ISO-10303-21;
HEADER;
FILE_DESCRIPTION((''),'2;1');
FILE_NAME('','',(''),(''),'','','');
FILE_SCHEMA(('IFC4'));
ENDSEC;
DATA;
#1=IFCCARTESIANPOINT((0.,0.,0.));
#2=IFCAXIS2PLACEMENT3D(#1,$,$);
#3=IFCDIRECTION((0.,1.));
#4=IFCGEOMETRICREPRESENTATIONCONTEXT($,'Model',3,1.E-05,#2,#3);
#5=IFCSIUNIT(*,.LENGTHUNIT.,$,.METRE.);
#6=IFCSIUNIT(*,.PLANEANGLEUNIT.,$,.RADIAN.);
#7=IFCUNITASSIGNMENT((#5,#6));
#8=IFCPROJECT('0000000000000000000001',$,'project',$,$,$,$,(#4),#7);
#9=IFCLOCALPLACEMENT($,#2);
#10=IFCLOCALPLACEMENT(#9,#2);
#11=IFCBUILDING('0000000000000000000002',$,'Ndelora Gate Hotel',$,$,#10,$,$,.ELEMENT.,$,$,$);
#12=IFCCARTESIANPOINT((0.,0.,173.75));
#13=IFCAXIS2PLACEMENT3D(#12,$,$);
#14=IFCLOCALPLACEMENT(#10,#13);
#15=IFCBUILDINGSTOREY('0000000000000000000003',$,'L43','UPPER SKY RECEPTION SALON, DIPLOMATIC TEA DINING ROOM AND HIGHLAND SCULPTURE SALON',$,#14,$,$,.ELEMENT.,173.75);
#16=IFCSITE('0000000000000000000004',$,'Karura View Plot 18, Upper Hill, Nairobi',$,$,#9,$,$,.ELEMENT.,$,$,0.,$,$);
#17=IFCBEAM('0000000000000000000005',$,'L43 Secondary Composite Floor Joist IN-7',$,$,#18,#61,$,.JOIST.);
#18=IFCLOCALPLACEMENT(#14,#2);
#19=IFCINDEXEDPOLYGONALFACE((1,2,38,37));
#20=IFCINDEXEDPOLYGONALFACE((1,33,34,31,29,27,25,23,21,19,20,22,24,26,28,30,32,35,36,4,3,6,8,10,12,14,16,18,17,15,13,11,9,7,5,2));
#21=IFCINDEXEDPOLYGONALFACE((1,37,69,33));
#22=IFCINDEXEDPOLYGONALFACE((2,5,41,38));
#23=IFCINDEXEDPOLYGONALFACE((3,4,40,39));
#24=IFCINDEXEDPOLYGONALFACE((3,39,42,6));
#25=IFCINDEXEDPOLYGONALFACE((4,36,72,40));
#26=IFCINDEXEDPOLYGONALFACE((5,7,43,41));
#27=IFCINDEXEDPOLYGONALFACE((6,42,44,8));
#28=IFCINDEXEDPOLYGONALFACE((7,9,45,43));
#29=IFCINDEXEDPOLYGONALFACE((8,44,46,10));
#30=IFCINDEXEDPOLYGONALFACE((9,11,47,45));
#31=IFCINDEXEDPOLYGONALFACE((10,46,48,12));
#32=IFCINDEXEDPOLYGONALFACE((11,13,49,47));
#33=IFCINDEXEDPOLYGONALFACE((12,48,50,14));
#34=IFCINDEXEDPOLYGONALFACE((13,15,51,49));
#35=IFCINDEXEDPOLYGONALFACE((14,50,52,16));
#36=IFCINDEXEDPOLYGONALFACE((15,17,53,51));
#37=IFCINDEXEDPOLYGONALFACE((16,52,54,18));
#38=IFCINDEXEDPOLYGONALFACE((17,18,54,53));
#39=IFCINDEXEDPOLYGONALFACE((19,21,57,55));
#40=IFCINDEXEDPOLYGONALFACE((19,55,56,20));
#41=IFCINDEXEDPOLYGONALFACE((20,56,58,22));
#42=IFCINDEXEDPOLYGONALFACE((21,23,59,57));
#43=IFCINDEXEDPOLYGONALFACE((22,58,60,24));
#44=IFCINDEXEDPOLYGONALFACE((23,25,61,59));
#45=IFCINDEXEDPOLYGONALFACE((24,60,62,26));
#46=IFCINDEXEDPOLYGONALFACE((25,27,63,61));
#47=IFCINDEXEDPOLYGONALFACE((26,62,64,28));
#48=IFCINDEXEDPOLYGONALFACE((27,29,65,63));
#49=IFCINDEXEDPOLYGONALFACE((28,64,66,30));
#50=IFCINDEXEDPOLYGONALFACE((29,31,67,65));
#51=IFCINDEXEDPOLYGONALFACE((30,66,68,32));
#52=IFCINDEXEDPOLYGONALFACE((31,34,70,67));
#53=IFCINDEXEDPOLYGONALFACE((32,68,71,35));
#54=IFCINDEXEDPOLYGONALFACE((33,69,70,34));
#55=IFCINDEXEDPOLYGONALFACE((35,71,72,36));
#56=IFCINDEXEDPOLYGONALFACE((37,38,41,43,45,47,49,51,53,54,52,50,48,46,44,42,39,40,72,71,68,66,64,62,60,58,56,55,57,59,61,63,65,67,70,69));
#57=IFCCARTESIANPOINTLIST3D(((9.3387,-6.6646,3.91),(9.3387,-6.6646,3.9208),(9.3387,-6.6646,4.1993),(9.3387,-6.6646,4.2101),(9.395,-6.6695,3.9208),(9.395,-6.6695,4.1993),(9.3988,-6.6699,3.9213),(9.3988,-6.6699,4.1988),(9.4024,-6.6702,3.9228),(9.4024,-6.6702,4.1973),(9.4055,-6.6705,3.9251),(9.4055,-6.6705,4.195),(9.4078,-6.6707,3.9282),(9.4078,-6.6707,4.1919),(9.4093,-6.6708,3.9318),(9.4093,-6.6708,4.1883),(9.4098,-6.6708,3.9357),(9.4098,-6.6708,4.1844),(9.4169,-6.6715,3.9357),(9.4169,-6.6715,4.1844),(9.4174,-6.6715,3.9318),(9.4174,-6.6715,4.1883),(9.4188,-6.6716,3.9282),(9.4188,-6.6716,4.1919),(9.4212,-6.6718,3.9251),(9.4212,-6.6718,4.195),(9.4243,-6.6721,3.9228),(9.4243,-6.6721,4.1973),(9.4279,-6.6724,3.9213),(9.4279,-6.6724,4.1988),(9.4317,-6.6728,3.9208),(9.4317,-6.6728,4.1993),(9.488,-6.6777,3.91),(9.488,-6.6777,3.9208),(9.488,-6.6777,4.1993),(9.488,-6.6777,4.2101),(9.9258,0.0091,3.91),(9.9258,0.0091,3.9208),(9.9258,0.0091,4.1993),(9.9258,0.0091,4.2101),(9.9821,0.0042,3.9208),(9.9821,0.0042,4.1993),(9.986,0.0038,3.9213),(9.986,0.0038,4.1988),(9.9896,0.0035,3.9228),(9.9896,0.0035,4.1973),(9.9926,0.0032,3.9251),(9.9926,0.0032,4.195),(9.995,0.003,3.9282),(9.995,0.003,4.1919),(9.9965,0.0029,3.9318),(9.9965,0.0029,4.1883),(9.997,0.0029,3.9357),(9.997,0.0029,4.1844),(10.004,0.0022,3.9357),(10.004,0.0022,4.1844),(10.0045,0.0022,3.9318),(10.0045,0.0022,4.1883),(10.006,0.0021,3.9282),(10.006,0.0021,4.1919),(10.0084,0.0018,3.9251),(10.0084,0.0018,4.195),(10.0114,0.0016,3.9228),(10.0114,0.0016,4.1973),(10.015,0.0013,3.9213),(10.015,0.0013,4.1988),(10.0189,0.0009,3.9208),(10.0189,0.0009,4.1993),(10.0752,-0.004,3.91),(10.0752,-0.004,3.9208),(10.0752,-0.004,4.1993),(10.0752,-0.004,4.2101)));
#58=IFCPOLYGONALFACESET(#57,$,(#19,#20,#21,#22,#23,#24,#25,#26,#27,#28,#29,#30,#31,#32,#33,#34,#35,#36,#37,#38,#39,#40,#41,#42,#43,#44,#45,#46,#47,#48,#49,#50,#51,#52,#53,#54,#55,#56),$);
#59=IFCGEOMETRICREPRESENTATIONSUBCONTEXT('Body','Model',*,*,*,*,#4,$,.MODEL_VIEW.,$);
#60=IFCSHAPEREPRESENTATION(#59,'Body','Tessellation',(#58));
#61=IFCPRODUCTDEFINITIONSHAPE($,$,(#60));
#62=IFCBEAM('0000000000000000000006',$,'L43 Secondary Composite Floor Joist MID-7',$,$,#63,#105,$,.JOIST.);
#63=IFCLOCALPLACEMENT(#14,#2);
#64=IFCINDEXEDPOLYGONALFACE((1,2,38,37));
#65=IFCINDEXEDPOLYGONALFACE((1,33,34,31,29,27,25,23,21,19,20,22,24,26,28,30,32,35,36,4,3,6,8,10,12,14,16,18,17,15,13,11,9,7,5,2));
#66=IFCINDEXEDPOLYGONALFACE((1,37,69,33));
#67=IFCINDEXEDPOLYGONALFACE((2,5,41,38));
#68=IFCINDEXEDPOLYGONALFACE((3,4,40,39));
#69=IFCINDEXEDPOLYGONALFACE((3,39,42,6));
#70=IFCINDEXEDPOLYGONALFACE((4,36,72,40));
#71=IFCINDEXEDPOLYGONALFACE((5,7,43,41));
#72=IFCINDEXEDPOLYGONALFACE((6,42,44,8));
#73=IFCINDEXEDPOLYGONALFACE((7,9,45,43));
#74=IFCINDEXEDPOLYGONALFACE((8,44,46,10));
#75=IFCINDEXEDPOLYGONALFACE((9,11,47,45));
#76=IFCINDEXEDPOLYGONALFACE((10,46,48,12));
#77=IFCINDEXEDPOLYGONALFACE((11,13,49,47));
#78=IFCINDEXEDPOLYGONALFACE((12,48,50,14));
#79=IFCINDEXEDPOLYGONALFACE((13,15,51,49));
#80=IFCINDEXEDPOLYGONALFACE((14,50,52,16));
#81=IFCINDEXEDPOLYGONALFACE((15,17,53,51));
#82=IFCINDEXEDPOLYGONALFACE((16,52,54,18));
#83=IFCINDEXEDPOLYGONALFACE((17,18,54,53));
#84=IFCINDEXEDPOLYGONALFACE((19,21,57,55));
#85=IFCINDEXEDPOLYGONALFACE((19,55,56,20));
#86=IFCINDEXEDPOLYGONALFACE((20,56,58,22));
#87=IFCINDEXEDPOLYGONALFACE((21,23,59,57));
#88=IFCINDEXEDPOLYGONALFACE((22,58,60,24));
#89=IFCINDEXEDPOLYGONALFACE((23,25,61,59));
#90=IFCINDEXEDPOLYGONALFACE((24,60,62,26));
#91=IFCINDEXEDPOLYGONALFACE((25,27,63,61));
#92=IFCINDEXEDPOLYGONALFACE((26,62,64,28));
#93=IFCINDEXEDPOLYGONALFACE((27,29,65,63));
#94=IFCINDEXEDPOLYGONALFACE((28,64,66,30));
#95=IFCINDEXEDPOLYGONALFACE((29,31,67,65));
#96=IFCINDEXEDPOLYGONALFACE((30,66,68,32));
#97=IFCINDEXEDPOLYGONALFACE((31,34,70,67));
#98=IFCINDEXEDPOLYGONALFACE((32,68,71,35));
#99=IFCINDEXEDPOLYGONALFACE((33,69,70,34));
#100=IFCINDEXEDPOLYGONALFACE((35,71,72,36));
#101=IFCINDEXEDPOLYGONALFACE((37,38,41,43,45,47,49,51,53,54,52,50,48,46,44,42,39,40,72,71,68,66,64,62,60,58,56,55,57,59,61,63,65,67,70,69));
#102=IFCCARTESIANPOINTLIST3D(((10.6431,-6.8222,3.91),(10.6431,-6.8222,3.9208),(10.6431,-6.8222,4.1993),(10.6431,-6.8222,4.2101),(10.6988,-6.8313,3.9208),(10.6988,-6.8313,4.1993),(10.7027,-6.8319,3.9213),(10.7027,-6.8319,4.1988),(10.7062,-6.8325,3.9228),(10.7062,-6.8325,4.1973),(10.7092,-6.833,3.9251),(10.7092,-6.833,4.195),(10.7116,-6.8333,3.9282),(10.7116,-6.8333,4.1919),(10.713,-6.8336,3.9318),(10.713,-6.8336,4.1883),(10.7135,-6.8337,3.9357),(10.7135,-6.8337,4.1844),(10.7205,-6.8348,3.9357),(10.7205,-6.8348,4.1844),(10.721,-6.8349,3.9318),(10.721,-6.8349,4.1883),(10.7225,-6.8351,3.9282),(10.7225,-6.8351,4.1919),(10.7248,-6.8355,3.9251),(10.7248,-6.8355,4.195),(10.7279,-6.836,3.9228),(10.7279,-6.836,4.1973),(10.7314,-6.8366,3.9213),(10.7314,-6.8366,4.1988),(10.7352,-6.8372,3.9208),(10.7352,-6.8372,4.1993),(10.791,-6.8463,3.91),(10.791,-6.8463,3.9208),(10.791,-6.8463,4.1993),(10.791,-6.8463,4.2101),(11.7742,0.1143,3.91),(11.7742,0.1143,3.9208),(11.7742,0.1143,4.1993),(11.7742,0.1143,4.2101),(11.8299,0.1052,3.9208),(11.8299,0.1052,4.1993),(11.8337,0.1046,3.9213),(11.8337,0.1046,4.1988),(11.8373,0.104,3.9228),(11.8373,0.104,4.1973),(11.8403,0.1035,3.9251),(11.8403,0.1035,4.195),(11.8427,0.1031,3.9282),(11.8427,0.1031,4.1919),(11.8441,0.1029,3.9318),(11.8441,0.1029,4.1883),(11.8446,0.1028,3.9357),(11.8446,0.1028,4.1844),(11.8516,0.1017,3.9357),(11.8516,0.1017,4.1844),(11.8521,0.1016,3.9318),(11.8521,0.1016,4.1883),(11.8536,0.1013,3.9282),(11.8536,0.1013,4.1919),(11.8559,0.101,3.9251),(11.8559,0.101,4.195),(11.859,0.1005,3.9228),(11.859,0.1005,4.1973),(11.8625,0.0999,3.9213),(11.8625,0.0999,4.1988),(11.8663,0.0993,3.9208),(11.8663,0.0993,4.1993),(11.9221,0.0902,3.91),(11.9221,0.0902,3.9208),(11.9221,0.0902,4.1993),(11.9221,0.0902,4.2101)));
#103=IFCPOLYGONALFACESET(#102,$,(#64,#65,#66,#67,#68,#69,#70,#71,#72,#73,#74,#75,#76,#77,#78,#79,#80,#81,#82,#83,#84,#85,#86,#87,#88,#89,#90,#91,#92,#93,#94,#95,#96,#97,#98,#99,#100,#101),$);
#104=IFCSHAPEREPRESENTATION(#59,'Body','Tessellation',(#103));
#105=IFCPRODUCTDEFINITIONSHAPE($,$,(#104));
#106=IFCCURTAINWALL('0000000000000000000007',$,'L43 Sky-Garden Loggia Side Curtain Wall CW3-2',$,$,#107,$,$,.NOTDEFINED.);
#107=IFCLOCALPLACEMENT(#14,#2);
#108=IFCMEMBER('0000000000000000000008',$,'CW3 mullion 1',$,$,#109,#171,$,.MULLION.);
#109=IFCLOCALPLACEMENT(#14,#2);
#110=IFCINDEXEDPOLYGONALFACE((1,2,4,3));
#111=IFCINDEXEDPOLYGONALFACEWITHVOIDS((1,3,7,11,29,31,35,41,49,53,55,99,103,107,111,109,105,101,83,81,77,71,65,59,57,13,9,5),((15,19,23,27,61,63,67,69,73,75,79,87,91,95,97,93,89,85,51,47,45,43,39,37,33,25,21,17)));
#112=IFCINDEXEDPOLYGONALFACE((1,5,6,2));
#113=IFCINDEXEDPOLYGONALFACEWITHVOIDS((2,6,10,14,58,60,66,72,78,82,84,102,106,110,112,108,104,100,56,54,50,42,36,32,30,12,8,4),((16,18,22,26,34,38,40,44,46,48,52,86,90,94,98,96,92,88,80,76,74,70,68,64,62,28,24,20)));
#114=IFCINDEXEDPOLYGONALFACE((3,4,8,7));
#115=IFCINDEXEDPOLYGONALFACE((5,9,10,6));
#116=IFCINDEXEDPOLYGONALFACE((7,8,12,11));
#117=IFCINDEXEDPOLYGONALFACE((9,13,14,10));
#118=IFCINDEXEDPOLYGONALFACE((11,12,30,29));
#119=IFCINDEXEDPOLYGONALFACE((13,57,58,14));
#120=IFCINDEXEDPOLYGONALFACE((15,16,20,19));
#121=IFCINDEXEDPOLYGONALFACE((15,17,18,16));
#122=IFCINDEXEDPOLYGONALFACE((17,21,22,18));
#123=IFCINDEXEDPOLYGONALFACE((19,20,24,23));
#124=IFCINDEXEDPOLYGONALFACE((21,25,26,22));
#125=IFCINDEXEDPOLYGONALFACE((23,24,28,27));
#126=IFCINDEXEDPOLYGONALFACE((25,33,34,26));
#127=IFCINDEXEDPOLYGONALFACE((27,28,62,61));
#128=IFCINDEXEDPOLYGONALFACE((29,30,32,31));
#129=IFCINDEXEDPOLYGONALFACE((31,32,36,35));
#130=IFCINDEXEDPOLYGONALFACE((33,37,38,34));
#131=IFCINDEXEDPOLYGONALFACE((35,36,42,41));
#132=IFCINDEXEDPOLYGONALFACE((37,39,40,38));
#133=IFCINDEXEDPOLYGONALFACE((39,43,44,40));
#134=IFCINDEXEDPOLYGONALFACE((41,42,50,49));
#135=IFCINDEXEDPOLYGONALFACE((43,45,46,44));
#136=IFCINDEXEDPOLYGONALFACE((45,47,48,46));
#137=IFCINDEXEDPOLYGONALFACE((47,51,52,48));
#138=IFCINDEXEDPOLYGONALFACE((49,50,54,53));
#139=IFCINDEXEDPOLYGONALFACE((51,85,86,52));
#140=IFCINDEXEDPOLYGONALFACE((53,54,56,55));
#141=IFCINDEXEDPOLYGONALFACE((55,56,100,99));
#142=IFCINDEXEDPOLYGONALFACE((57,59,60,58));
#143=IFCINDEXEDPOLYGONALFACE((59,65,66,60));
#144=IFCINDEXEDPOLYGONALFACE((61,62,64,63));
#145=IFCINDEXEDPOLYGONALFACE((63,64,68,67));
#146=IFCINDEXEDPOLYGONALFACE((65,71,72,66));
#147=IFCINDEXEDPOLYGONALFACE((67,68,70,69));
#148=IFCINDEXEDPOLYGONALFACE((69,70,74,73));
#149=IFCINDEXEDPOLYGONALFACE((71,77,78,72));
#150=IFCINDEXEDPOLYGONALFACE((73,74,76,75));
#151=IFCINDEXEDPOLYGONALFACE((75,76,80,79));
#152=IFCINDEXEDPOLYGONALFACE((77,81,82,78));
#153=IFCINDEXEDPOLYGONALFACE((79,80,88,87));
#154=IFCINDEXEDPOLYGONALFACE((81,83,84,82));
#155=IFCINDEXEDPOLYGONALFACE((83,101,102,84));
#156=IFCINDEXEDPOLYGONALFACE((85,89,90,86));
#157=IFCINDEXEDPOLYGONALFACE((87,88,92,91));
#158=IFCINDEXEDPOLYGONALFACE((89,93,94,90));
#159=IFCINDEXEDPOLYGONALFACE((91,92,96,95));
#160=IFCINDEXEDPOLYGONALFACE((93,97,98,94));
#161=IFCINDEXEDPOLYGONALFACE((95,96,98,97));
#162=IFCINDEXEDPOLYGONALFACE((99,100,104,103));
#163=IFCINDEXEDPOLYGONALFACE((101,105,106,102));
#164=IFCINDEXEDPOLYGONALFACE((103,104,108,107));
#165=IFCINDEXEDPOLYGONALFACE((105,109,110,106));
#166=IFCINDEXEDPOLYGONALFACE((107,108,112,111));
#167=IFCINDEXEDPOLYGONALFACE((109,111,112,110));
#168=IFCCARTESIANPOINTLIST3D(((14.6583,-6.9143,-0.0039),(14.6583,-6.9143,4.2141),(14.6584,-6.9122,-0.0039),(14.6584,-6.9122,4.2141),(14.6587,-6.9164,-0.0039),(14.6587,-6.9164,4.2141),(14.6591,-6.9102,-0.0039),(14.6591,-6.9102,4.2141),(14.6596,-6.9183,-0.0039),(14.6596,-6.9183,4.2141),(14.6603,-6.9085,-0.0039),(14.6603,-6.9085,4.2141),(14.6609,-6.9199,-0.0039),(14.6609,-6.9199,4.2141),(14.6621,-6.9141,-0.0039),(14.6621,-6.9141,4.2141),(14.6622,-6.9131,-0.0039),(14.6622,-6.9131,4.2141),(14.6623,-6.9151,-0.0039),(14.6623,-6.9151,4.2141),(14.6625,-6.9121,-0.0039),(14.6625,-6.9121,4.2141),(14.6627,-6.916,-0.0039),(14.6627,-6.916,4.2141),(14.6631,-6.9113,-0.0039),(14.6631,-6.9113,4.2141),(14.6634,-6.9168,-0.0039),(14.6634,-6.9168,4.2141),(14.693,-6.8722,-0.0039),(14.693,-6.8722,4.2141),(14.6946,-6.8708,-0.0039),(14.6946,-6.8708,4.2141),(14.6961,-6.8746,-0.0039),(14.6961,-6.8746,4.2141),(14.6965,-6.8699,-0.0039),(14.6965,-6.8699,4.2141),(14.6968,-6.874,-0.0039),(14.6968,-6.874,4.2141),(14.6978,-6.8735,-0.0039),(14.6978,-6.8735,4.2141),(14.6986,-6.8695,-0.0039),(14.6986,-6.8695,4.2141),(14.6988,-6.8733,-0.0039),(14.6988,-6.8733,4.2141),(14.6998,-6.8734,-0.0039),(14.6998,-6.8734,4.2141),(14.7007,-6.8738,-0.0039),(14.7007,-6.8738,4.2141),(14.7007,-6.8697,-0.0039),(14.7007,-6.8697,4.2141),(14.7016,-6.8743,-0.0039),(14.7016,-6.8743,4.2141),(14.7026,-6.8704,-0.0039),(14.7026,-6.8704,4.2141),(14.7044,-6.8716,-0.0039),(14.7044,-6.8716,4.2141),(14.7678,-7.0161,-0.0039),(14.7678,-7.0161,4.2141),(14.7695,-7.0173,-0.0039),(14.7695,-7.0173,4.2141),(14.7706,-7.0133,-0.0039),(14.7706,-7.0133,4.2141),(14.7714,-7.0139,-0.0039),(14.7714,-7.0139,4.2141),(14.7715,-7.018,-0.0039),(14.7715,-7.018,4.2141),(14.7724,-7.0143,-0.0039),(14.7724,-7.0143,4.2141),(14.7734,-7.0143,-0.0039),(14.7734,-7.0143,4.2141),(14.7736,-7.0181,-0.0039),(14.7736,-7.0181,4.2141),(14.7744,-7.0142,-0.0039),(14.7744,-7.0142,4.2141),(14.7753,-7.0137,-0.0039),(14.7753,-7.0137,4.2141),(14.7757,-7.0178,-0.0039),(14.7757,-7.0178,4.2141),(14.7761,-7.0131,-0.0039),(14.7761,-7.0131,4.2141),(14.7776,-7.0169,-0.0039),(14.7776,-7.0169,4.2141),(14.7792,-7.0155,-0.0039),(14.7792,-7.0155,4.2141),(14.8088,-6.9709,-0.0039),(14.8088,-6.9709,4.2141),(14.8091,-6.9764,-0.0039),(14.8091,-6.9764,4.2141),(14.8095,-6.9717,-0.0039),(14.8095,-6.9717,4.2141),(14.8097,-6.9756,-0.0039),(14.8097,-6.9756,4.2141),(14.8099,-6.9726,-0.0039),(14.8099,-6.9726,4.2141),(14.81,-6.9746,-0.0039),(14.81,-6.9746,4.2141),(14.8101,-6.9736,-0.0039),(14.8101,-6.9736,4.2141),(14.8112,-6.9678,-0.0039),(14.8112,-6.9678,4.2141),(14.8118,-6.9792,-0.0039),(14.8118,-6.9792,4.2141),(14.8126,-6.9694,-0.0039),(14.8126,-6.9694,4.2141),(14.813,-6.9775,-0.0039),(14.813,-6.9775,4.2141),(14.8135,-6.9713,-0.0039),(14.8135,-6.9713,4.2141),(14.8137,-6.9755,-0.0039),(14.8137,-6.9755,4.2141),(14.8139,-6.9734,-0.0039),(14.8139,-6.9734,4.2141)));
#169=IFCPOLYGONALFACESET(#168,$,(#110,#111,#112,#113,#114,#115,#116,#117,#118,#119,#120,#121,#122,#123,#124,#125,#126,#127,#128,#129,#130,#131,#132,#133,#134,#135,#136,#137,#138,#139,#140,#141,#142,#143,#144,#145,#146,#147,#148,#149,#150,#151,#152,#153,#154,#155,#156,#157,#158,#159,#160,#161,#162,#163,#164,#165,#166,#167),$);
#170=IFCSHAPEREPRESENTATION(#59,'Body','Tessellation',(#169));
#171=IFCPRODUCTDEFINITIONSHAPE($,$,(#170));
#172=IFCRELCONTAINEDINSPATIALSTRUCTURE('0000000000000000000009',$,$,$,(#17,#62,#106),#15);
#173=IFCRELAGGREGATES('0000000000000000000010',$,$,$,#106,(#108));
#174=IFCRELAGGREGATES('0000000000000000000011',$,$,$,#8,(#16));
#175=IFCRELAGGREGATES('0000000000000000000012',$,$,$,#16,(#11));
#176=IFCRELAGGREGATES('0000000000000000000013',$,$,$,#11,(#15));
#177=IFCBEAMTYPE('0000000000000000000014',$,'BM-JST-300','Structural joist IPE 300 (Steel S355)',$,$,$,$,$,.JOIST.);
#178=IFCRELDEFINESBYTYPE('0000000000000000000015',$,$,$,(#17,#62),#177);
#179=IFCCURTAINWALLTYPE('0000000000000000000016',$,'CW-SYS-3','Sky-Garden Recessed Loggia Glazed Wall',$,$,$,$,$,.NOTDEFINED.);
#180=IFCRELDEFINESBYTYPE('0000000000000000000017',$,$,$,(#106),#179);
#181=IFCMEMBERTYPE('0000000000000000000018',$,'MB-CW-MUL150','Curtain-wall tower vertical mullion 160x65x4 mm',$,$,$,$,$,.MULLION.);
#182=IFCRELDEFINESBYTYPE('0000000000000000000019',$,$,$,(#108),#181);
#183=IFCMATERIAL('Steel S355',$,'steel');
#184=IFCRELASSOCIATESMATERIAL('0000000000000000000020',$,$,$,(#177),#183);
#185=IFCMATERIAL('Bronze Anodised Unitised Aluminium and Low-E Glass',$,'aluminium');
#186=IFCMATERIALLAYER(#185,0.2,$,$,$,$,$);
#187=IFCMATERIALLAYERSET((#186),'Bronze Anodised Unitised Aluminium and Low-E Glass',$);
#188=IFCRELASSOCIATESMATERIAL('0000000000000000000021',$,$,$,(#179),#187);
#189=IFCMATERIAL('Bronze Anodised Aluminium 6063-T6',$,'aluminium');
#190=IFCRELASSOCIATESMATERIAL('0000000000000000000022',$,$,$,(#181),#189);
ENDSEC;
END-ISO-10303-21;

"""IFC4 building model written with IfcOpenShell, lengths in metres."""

from ifc_helpers import new_model, si_unit, direction, frame, origin, origin_2d, place, context, subcontext, project, spatial, hollow_rectangle, i_section, extrude, material, layer, layer_set, material_profile, profile_set, type_object, element, aggregate, save


model = new_model("IFC4")

# Units and contexts
model_context = context("Model", 3, precision=1e-05, world=origin(), true_north=direction((0.0, 1.0)))
body_context = subcontext(model_context, "Body", "Model", "MODEL_VIEW")
ifc_project = project(units=[si_unit("LENGTHUNIT", "METRE"), si_unit("PLANEANGLEUNIT", "RADIAN")], contexts=[model_context])

# Site, building, storey
site_placement = place(None, origin())
site = spatial("IfcSite", under=ifc_project, at=site_placement, Name="Karura View Plot 18, Upper Hill, Nairobi", CompositionType="ELEMENT", RefElevation=0.0)
building_placement = place(site_placement, origin())
building = spatial("IfcBuilding", under=site, at=building_placement, Name="Ndelora Gate Hotel", CompositionType="ELEMENT")
storey_placement = place(building_placement, frame((0.0, 0.0, 173.75)))
storey = spatial("IfcBuildingStorey", under=building, at=storey_placement, Name="L43", Description="UPPER SKY RECEPTION SALON, DIPLOMATIC TEA DINING ROOM AND HIGHLAND SCULPTURE SALON", CompositionType="ELEMENT", Elevation=173.75)

# Beams
ifc_material_1 = material(Name="Steel S355", Category="steel")
ifc_material_profile_1 = material_profile(ifc_material_1, i_section(OverallWidth=0.1499, OverallDepth=0.3, WebThickness=0.0071, FlangeThickness=0.0107, FilletRadius=0.0149, at=origin_2d()), Name="IPE 300")
ifc_profile_set_1 = profile_set([ifc_material_profile_1], Name="Steel S355")
beam_type = type_object("IfcBeamType", Name="BM-JST-300", Description="Structural joist IPE 300 (Steel S355)", PredefinedType="JOIST", material=ifc_profile_set_1)
beam_1_placement = place(storey_placement, frame((9.4133, -6.6711, 4.0601), z_axis=(0.087644, 0.996152, 0.0), x_axis=(-0.996152, 0.087644, 0.0)))
element("IfcBeam", 1, at=beam_1_placement, inside=storey, type_object=beam_type, Name="L43 Secondary Composite Floor Joist IN-7", PredefinedType="JOIST", context=body_context, shape_type="SweptSolid", body=[
    extrude(i_section(OverallWidth=0.1499, OverallDepth=0.3, WebThickness=0.0071, FlangeThickness=0.0107, FilletRadius=0.0149, at=origin_2d()), origin(), (0.0, 0.0, 1.0), 6.6995),
])
beam_2_placement = place(storey_placement, frame((10.717, -6.8342, 4.0601), z_axis=(0.160939, 0.986964, 0.0), x_axis=(-0.986964, 0.160939, 0.0)))
element("IfcBeam", 2, at=beam_2_placement, inside=storey, type_object=beam_type, Name="L43 Secondary Composite Floor Joist MID-7", PredefinedType="JOIST", context=body_context, shape_type="SweptSolid", body=[
    extrude(i_section(OverallWidth=0.1499, OverallDepth=0.3, WebThickness=0.0071, FlangeThickness=0.0107, FilletRadius=0.0149, at=origin_2d()), origin(), (0.0, 0.0, 1.0), 7.0281),
])

# Curtain wall, member
ifc_material_2 = material(Name="Bronze Anodised Unitised Aluminium and Low-E Glass", Category="aluminium")
ifc_layer_1 = layer(ifc_material_2, 0.2)
ifc_layer_set_1 = layer_set([ifc_layer_1], Name="Bronze Anodised Unitised Aluminium and Low-E Glass")
curtain_wall_type = type_object("IfcCurtainWallType", Name="CW-SYS-3", Description="Sky-Garden Recessed Loggia Glazed Wall", PredefinedType="NOTDEFINED", material=ifc_layer_set_1)
curtain_wall_placement = place(storey_placement, origin())
curtain_wall = element("IfcCurtainWall", 3, at=curtain_wall_placement, inside=storey, type_object=curtain_wall_type, Name="L43 Sky-Garden Loggia Side Curtain Wall CW3-2", PredefinedType="NOTDEFINED")
ifc_material_3 = material(Name="Bronze Anodised Aluminium 6063-T6", Category="aluminium")
ifc_material_profile_2 = material_profile(ifc_material_3, hollow_rectangle(XDim=0.0649, YDim=0.1599, WallThickness=0.0039, InnerFilletRadius=0.0039, OuterFilletRadius=0.0081, at=origin_2d()), Name="ALU 160x65x4")
ifc_profile_set_2 = profile_set([ifc_material_profile_2], Name="Bronze Anodised Aluminium 6063-T6")
member_type_1 = type_object("IfcMemberType", Name="MB-CW-MUL150", Description="Curtain-wall tower vertical mullion 160x65x4 mm", PredefinedType="MULLION", material=ifc_profile_set_2)
member_1_placement = place(storey_placement, frame((14.7361, -6.9438, -0.0039), z_axis=(0.0, 0.0, 1.0), x_axis=(-0.669138, -0.743138, 0.0)))
member_1 = element("IfcMember", 4, at=member_1_placement, type_object=member_type_1, Name="CW3 mullion 1", PredefinedType="MULLION", context=body_context, shape_type="SweptSolid", body=[
    extrude(hollow_rectangle(XDim=0.0649, YDim=0.1599, WallThickness=0.0039, InnerFilletRadius=0.0039, OuterFilletRadius=0.0081, at=origin_2d()), origin(), (0.0, 0.0, 1.0), 4.218),
])
aggregate(curtain_wall, [member_1])

save(model, "model.ifc")
